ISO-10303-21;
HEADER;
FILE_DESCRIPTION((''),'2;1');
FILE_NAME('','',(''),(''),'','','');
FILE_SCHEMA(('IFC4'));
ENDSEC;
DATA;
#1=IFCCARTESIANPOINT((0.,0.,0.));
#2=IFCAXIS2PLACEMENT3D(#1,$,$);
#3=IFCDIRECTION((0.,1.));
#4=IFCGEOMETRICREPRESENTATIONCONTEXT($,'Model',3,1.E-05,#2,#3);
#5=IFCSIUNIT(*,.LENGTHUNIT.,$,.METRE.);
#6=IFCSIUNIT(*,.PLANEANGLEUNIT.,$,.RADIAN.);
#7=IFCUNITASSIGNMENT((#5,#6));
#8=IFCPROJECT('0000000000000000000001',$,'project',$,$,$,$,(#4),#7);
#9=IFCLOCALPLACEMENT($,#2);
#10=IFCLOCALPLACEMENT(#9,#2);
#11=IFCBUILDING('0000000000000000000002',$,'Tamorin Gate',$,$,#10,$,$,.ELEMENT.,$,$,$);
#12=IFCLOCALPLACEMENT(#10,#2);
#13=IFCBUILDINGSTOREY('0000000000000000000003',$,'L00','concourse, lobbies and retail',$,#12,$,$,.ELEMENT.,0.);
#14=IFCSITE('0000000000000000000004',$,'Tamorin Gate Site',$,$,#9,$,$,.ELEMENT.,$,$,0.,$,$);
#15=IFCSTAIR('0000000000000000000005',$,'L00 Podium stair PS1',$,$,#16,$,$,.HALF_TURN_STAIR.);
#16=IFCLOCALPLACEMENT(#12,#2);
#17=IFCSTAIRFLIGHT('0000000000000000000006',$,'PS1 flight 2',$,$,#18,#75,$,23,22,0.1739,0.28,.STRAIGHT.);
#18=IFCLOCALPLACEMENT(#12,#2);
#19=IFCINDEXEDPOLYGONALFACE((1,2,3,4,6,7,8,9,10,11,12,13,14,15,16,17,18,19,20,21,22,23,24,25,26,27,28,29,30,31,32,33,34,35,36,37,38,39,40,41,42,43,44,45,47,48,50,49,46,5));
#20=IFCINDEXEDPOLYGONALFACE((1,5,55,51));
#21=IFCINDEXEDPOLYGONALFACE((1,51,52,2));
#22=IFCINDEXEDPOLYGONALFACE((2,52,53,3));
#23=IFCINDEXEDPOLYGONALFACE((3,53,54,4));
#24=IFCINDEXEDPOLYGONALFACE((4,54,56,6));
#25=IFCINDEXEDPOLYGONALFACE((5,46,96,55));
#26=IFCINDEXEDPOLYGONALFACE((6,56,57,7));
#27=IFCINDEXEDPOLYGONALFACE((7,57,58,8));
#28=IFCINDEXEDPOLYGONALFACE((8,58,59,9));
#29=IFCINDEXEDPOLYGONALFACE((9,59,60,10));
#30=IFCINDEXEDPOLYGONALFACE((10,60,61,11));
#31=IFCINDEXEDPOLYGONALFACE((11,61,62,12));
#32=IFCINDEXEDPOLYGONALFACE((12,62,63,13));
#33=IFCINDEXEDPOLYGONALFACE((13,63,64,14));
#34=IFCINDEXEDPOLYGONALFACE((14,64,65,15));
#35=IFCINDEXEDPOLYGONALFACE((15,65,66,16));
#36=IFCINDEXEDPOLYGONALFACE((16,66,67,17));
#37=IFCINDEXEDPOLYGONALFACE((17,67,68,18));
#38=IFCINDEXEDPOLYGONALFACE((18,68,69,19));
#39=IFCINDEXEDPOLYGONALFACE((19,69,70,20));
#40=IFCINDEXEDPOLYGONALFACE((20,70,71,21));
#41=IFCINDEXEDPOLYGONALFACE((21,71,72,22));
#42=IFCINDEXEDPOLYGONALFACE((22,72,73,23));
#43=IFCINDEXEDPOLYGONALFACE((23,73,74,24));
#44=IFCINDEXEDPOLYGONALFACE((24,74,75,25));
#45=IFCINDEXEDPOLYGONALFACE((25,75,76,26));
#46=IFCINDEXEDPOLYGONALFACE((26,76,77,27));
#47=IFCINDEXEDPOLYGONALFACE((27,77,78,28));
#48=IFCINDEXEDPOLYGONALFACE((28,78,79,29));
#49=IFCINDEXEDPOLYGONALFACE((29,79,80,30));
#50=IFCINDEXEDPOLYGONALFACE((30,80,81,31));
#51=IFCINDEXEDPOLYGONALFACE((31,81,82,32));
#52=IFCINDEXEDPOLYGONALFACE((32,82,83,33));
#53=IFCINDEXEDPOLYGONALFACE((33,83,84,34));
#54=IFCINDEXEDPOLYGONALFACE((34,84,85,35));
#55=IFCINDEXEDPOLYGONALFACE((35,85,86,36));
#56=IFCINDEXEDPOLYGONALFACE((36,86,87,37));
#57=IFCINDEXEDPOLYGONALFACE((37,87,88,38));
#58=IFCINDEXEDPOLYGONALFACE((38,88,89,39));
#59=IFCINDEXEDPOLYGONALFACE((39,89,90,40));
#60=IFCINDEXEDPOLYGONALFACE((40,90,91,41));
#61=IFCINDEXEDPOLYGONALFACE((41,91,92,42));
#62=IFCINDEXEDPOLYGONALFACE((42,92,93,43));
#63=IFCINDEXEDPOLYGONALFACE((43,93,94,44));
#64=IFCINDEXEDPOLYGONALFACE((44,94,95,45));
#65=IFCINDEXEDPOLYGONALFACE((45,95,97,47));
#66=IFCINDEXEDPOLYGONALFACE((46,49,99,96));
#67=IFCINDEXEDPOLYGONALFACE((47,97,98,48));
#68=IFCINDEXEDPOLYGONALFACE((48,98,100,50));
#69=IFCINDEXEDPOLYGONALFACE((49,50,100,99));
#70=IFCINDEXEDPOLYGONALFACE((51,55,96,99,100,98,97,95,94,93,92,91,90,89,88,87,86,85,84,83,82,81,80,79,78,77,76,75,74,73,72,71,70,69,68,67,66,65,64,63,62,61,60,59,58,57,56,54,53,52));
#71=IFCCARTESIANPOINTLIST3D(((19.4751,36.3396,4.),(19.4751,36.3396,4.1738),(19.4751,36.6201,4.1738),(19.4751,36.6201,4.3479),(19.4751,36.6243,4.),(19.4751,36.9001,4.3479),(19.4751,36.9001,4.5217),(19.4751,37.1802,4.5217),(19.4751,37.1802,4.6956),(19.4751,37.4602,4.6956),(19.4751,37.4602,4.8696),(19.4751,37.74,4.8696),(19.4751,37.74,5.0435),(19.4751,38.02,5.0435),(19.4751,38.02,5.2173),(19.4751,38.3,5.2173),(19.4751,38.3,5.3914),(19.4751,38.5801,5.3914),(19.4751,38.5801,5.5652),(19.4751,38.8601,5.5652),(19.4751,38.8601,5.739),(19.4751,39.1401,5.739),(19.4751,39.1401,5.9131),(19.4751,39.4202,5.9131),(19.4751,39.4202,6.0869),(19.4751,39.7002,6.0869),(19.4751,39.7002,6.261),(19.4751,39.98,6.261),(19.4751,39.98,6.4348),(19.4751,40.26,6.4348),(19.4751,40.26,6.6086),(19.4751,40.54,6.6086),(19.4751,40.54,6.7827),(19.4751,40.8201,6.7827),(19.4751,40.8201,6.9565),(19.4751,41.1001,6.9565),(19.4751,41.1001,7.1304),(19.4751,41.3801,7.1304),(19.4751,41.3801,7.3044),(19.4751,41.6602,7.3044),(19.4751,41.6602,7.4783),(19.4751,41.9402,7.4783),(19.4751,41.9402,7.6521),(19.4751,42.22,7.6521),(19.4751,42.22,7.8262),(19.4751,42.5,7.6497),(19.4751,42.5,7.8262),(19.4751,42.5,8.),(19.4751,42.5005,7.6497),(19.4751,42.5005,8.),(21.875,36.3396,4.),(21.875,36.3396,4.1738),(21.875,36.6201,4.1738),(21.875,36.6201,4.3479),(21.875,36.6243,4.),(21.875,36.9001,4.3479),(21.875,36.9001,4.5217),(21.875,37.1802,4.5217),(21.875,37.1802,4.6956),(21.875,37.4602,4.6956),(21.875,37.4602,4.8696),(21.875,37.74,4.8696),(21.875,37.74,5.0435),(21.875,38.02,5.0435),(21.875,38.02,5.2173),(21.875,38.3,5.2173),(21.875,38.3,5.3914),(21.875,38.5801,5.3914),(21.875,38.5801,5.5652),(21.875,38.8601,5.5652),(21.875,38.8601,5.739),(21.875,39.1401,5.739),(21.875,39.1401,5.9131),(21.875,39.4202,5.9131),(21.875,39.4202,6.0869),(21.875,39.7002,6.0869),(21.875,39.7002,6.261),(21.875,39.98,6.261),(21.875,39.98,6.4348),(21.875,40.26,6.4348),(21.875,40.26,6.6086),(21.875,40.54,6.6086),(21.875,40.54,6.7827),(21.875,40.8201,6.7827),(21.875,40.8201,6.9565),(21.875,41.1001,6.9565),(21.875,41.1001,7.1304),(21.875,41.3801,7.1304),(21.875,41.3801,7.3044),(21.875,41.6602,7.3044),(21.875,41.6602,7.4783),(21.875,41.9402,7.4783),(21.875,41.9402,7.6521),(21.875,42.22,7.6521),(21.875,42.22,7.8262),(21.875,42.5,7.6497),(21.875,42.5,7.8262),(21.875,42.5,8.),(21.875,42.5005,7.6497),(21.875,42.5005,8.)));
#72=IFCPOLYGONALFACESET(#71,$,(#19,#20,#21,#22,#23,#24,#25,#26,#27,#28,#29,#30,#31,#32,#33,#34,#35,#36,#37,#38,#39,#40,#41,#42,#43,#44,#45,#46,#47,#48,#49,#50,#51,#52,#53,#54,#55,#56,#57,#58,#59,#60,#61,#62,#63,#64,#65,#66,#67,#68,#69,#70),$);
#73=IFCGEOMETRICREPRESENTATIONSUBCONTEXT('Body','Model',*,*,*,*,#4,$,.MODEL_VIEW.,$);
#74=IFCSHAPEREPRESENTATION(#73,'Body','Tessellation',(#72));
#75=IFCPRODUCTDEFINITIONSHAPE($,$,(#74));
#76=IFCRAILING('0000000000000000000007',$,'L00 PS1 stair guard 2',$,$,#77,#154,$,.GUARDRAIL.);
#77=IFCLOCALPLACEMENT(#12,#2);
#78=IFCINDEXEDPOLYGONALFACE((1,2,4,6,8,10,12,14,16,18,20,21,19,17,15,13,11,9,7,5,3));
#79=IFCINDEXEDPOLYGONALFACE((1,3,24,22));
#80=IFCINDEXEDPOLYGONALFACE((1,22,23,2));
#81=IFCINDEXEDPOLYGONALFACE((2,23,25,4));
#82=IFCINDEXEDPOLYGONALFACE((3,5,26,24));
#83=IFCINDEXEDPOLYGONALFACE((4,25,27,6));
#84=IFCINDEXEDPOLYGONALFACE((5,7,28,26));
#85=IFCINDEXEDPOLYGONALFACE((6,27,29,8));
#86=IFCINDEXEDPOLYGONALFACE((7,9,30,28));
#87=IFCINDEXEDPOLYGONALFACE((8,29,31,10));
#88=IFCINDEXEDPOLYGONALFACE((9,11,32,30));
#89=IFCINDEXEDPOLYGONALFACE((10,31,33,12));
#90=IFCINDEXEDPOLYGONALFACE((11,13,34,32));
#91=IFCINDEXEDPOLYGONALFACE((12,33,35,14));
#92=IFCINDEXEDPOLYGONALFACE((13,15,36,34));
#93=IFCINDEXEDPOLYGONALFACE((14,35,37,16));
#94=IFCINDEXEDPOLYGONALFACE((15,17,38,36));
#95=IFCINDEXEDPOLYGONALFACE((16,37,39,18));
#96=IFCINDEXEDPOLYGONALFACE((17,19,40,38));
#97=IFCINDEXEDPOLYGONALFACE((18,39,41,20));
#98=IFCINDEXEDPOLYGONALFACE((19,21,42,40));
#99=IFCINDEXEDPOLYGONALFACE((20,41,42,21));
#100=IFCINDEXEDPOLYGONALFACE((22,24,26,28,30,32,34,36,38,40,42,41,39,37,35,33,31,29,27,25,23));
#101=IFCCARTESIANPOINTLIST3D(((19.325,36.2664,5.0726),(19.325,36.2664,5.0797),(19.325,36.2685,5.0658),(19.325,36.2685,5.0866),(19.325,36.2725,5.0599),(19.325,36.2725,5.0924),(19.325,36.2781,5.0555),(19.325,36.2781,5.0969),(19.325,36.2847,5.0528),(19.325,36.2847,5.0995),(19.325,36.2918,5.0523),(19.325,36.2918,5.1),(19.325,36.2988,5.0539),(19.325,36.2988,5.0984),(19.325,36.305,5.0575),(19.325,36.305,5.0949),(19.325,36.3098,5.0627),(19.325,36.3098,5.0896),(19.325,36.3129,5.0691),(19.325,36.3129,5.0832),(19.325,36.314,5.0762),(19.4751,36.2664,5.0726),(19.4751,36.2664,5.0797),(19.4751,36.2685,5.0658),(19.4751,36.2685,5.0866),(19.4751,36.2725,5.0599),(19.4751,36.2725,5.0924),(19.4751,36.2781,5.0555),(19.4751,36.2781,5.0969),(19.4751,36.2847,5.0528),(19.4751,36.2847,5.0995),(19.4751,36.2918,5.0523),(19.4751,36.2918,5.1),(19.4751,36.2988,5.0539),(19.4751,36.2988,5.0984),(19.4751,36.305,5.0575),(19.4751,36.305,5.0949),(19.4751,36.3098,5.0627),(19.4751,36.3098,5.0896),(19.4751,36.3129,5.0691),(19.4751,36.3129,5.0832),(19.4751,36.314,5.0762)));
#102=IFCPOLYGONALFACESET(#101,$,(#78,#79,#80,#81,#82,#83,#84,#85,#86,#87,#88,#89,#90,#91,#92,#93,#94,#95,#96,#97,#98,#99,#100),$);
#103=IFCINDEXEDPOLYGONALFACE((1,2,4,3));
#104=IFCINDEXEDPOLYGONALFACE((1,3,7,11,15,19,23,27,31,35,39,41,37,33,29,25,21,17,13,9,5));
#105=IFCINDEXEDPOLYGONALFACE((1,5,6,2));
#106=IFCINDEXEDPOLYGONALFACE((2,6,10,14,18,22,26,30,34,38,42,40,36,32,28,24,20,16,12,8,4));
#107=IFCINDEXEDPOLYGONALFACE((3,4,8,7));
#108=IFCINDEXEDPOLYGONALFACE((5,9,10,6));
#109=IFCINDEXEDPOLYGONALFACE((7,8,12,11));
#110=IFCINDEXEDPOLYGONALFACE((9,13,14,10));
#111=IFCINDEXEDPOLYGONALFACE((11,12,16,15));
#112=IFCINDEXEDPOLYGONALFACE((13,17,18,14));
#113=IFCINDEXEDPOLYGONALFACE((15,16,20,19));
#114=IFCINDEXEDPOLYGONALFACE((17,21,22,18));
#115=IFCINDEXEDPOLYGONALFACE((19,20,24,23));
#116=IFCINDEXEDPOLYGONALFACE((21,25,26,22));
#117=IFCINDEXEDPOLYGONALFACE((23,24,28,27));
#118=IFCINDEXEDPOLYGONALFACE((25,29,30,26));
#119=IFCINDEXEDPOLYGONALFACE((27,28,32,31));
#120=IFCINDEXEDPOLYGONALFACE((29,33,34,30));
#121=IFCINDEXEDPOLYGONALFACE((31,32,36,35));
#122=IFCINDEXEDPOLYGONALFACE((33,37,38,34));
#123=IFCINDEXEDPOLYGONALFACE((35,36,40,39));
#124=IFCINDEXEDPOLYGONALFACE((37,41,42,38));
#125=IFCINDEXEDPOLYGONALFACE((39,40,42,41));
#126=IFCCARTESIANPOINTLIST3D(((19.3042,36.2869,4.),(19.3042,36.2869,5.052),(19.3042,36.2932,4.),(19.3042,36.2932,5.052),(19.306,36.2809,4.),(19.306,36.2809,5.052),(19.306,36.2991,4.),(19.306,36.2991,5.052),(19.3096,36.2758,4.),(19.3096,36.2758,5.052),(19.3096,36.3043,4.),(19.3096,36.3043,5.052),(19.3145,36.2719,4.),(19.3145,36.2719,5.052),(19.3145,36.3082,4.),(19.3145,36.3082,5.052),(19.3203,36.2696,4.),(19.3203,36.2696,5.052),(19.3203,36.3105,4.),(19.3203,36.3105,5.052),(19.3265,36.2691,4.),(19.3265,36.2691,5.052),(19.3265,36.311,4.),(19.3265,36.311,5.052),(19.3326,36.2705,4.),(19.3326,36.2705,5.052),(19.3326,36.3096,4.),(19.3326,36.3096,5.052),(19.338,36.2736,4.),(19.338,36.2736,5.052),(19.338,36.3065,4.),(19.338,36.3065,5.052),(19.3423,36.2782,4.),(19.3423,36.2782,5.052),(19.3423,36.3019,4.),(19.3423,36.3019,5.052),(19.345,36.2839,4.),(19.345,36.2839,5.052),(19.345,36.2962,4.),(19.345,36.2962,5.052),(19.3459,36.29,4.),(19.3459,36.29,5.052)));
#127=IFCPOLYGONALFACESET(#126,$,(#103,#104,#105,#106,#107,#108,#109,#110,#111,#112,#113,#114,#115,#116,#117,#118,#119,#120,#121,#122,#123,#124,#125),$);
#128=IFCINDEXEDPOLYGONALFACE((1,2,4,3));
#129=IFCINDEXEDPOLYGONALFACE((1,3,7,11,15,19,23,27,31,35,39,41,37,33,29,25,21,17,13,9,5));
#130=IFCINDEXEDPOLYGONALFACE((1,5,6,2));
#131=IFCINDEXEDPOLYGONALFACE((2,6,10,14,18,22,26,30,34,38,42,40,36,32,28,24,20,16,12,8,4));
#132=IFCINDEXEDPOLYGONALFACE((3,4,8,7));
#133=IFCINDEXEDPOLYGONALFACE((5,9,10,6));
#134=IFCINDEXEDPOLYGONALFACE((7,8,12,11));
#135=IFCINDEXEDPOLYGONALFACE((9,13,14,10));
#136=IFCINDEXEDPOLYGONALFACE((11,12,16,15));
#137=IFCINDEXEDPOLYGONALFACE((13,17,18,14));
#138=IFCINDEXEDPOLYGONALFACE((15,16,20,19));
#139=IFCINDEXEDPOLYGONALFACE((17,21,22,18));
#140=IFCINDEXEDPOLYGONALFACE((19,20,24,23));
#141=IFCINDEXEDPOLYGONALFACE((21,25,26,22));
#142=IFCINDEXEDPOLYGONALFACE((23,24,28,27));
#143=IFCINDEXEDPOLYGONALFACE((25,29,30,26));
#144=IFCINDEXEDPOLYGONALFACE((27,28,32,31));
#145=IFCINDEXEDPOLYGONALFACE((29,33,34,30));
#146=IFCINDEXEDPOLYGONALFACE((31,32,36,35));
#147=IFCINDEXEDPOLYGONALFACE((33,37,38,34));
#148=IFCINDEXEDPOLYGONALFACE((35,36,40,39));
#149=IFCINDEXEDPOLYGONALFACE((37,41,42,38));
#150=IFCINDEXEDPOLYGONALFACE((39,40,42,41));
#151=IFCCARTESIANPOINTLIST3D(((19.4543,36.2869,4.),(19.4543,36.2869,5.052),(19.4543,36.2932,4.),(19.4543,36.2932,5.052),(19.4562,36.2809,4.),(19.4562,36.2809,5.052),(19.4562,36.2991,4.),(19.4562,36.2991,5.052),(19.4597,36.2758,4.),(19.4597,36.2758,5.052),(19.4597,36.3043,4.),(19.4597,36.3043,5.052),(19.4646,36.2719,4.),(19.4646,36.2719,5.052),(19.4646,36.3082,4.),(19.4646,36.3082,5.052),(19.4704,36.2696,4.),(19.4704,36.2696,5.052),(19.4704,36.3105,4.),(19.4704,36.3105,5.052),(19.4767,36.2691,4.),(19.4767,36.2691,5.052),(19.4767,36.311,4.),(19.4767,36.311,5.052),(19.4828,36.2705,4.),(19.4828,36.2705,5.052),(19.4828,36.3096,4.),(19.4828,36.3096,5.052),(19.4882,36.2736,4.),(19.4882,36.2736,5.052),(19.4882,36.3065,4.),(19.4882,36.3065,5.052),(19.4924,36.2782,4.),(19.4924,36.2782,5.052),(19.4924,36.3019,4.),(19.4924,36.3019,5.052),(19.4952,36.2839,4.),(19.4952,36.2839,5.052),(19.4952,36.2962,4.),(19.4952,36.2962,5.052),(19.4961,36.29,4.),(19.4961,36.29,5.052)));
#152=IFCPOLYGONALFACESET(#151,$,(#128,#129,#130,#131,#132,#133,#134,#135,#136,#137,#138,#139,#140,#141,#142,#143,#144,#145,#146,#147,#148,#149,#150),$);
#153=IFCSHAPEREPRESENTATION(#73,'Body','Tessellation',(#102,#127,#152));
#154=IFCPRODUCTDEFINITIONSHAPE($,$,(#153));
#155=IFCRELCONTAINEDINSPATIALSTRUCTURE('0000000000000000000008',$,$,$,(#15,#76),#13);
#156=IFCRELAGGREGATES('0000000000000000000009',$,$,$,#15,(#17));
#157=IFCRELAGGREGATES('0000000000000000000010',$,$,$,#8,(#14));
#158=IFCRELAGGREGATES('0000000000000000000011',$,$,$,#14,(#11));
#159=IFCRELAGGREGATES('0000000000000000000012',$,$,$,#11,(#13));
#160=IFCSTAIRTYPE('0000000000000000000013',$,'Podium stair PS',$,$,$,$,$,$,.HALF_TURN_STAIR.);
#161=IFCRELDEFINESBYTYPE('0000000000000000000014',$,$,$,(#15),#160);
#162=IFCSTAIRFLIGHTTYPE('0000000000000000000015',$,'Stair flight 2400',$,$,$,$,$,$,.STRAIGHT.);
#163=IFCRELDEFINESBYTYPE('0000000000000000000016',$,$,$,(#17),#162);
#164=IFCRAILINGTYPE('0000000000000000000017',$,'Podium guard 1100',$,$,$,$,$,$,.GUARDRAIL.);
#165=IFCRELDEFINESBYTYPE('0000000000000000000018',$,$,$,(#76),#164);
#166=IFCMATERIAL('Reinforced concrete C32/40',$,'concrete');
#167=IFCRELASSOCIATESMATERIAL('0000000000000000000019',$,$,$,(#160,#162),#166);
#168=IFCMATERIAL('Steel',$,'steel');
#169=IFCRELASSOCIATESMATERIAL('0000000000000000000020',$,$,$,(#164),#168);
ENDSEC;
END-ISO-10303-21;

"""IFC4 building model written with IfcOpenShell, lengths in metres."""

from ifc_helpers import new_model, si_unit, direction, frame, origin, origin_2d, place, context, subcontext, project, spatial, polyline, circle, outline, extrude, material, type_object, element, aggregate, save


model = new_model("IFC4")

# Units and contexts
model_context = context("Model", 3, precision=1e-05, world=origin(), true_north=direction((0.0, 1.0)))
body_context = subcontext(model_context, "Body", "Model", "MODEL_VIEW")
ifc_project = project(units=[si_unit("LENGTHUNIT", "METRE"), si_unit("PLANEANGLEUNIT", "RADIAN")], contexts=[model_context])

# Site, building, storey
site_placement = place(None, origin())
site = spatial("IfcSite", under=ifc_project, at=site_placement, Name="Tamorin Gate Site", CompositionType="ELEMENT", RefElevation=0.0)
building_placement = place(site_placement, origin())
building = spatial("IfcBuilding", under=site, at=building_placement, Name="Tamorin Gate", CompositionType="ELEMENT")
storey_placement = place(building_placement, origin())
storey = spatial("IfcBuildingStorey", under=building, at=storey_placement, Name="L00", Description="concourse, lobbies and retail", CompositionType="ELEMENT", Elevation=0.0)

# Stair, stair flight
ifc_material_1 = material(Name="Reinforced concrete C32/40", Category="concrete")
stair_type = type_object("IfcStairType", Name="Podium stair PS", PredefinedType="HALF_TURN_STAIR", material=ifc_material_1)
stair_placement = place(storey_placement, origin())
stair = element("IfcStair", 1, at=stair_placement, inside=storey, type_object=stair_type, Name="L00 Podium stair PS1", PredefinedType="HALF_TURN_STAIR")
stair_flight_type = type_object("IfcStairFlightType", Name="Stair flight 2400", PredefinedType="STRAIGHT", material=ifc_material_1)
stair_flight_placement = place(storey_placement, frame((20.675, 36.3401, 4.0), z_axis=(0.0, 0.0, 1.0), x_axis=(0.0, 1.0, 0.0)))
stair_flight = element("IfcStairFlight", 2, at=stair_flight_placement, type_object=stair_flight_type, Name="PS1 flight 2", NumberOfRisers=23, NumberOfTreads=22, PredefinedType="STRAIGHT", RiserHeight=0.1739, TreadLength=0.28, context=body_context, shape_type="SweptSolid", body=[
    extrude(outline(polyline([(-0.0005, 0.0), (-0.0005, 0.1738), (0.28, 0.1738), (0.28, 0.3479), (0.5601, 0.3479), (0.5601, 0.5217), (0.8401, 0.5217), (0.8401, 0.6956), (1.1201, 0.6956), (1.1201, 0.8696), (1.3999, 0.8696), (1.3999, 1.0435), (1.6799, 1.0435), (1.6799, 1.2173), (1.96, 1.2173), (1.96, 1.3914), (2.24, 1.3914), (2.24, 1.5652), (2.52, 1.5652), (2.52, 1.739), (2.8, 1.739), (2.8, 1.9131), (3.0801, 1.9131), (3.0801, 2.0869), (3.3601, 2.0869), (3.3601, 2.261), (3.6399, 2.261), (3.6399, 2.4348), (3.9199, 2.4348), (3.9199, 2.6086), (4.2, 2.6086), (4.2, 2.7827), (4.48, 2.7827), (4.48, 2.9565), (4.76, 2.9565), (4.76, 3.1304), (5.04, 3.1304), (5.04, 3.3044), (5.3201, 3.3044), (5.3201, 3.4783), (5.6001, 3.4783), (5.6001, 3.6521), (5.8799, 3.6521), (5.8799, 3.8262), (6.1599, 3.8262), (6.1599, 4.0), (6.1604, 4.0), (6.1604, 3.6497), (6.1599, 3.6497), (0.2842, 0.0), (-0.0005, 0.0)])), frame((0.0, 1.2, 0.0), z_axis=(0.0, -1.0, 0.0), x_axis=(1.0, 0.0, 0.0)), (0.0, 0.0, 1.0), 2.3999),
])
aggregate(stair, [stair_flight])

# Railing
ifc_material_2 = material(Name="Steel", Category="steel")
railing_type_1 = type_object("IfcRailingType", Name="Podium guard 1100", PredefinedType="GUARDRAIL", material=ifc_material_2)
railing_1_placement = place(storey_placement, frame((19.325, 36.29, 4.0)))
element("IfcRailing", 3, at=railing_1_placement, inside=storey, type_object=railing_type_1, Name="L00 PS1 stair guard 2", PredefinedType="GUARDRAIL", context=body_context, shape_type="SweptSolid", body=[
    extrude(circle(Radius=0.0239, at=origin_2d()), frame((0.0, 0.0, 1.0762), z_axis=(1.0, 0.0, 0.0), x_axis=(0.0, 1.0, 0.0)), (0.0, 0.0, 1.0), 0.1501),
    extrude(circle(Radius=0.021, at=origin_2d()), origin(), (0.0, 0.0, 1.0), 1.052),
    extrude(circle(Radius=0.021, at=origin_2d()), frame((0.1501, 0.0, 0.0)), (0.0, 0.0, 1.0), 1.052),
])

save(model, "model.ifc")
